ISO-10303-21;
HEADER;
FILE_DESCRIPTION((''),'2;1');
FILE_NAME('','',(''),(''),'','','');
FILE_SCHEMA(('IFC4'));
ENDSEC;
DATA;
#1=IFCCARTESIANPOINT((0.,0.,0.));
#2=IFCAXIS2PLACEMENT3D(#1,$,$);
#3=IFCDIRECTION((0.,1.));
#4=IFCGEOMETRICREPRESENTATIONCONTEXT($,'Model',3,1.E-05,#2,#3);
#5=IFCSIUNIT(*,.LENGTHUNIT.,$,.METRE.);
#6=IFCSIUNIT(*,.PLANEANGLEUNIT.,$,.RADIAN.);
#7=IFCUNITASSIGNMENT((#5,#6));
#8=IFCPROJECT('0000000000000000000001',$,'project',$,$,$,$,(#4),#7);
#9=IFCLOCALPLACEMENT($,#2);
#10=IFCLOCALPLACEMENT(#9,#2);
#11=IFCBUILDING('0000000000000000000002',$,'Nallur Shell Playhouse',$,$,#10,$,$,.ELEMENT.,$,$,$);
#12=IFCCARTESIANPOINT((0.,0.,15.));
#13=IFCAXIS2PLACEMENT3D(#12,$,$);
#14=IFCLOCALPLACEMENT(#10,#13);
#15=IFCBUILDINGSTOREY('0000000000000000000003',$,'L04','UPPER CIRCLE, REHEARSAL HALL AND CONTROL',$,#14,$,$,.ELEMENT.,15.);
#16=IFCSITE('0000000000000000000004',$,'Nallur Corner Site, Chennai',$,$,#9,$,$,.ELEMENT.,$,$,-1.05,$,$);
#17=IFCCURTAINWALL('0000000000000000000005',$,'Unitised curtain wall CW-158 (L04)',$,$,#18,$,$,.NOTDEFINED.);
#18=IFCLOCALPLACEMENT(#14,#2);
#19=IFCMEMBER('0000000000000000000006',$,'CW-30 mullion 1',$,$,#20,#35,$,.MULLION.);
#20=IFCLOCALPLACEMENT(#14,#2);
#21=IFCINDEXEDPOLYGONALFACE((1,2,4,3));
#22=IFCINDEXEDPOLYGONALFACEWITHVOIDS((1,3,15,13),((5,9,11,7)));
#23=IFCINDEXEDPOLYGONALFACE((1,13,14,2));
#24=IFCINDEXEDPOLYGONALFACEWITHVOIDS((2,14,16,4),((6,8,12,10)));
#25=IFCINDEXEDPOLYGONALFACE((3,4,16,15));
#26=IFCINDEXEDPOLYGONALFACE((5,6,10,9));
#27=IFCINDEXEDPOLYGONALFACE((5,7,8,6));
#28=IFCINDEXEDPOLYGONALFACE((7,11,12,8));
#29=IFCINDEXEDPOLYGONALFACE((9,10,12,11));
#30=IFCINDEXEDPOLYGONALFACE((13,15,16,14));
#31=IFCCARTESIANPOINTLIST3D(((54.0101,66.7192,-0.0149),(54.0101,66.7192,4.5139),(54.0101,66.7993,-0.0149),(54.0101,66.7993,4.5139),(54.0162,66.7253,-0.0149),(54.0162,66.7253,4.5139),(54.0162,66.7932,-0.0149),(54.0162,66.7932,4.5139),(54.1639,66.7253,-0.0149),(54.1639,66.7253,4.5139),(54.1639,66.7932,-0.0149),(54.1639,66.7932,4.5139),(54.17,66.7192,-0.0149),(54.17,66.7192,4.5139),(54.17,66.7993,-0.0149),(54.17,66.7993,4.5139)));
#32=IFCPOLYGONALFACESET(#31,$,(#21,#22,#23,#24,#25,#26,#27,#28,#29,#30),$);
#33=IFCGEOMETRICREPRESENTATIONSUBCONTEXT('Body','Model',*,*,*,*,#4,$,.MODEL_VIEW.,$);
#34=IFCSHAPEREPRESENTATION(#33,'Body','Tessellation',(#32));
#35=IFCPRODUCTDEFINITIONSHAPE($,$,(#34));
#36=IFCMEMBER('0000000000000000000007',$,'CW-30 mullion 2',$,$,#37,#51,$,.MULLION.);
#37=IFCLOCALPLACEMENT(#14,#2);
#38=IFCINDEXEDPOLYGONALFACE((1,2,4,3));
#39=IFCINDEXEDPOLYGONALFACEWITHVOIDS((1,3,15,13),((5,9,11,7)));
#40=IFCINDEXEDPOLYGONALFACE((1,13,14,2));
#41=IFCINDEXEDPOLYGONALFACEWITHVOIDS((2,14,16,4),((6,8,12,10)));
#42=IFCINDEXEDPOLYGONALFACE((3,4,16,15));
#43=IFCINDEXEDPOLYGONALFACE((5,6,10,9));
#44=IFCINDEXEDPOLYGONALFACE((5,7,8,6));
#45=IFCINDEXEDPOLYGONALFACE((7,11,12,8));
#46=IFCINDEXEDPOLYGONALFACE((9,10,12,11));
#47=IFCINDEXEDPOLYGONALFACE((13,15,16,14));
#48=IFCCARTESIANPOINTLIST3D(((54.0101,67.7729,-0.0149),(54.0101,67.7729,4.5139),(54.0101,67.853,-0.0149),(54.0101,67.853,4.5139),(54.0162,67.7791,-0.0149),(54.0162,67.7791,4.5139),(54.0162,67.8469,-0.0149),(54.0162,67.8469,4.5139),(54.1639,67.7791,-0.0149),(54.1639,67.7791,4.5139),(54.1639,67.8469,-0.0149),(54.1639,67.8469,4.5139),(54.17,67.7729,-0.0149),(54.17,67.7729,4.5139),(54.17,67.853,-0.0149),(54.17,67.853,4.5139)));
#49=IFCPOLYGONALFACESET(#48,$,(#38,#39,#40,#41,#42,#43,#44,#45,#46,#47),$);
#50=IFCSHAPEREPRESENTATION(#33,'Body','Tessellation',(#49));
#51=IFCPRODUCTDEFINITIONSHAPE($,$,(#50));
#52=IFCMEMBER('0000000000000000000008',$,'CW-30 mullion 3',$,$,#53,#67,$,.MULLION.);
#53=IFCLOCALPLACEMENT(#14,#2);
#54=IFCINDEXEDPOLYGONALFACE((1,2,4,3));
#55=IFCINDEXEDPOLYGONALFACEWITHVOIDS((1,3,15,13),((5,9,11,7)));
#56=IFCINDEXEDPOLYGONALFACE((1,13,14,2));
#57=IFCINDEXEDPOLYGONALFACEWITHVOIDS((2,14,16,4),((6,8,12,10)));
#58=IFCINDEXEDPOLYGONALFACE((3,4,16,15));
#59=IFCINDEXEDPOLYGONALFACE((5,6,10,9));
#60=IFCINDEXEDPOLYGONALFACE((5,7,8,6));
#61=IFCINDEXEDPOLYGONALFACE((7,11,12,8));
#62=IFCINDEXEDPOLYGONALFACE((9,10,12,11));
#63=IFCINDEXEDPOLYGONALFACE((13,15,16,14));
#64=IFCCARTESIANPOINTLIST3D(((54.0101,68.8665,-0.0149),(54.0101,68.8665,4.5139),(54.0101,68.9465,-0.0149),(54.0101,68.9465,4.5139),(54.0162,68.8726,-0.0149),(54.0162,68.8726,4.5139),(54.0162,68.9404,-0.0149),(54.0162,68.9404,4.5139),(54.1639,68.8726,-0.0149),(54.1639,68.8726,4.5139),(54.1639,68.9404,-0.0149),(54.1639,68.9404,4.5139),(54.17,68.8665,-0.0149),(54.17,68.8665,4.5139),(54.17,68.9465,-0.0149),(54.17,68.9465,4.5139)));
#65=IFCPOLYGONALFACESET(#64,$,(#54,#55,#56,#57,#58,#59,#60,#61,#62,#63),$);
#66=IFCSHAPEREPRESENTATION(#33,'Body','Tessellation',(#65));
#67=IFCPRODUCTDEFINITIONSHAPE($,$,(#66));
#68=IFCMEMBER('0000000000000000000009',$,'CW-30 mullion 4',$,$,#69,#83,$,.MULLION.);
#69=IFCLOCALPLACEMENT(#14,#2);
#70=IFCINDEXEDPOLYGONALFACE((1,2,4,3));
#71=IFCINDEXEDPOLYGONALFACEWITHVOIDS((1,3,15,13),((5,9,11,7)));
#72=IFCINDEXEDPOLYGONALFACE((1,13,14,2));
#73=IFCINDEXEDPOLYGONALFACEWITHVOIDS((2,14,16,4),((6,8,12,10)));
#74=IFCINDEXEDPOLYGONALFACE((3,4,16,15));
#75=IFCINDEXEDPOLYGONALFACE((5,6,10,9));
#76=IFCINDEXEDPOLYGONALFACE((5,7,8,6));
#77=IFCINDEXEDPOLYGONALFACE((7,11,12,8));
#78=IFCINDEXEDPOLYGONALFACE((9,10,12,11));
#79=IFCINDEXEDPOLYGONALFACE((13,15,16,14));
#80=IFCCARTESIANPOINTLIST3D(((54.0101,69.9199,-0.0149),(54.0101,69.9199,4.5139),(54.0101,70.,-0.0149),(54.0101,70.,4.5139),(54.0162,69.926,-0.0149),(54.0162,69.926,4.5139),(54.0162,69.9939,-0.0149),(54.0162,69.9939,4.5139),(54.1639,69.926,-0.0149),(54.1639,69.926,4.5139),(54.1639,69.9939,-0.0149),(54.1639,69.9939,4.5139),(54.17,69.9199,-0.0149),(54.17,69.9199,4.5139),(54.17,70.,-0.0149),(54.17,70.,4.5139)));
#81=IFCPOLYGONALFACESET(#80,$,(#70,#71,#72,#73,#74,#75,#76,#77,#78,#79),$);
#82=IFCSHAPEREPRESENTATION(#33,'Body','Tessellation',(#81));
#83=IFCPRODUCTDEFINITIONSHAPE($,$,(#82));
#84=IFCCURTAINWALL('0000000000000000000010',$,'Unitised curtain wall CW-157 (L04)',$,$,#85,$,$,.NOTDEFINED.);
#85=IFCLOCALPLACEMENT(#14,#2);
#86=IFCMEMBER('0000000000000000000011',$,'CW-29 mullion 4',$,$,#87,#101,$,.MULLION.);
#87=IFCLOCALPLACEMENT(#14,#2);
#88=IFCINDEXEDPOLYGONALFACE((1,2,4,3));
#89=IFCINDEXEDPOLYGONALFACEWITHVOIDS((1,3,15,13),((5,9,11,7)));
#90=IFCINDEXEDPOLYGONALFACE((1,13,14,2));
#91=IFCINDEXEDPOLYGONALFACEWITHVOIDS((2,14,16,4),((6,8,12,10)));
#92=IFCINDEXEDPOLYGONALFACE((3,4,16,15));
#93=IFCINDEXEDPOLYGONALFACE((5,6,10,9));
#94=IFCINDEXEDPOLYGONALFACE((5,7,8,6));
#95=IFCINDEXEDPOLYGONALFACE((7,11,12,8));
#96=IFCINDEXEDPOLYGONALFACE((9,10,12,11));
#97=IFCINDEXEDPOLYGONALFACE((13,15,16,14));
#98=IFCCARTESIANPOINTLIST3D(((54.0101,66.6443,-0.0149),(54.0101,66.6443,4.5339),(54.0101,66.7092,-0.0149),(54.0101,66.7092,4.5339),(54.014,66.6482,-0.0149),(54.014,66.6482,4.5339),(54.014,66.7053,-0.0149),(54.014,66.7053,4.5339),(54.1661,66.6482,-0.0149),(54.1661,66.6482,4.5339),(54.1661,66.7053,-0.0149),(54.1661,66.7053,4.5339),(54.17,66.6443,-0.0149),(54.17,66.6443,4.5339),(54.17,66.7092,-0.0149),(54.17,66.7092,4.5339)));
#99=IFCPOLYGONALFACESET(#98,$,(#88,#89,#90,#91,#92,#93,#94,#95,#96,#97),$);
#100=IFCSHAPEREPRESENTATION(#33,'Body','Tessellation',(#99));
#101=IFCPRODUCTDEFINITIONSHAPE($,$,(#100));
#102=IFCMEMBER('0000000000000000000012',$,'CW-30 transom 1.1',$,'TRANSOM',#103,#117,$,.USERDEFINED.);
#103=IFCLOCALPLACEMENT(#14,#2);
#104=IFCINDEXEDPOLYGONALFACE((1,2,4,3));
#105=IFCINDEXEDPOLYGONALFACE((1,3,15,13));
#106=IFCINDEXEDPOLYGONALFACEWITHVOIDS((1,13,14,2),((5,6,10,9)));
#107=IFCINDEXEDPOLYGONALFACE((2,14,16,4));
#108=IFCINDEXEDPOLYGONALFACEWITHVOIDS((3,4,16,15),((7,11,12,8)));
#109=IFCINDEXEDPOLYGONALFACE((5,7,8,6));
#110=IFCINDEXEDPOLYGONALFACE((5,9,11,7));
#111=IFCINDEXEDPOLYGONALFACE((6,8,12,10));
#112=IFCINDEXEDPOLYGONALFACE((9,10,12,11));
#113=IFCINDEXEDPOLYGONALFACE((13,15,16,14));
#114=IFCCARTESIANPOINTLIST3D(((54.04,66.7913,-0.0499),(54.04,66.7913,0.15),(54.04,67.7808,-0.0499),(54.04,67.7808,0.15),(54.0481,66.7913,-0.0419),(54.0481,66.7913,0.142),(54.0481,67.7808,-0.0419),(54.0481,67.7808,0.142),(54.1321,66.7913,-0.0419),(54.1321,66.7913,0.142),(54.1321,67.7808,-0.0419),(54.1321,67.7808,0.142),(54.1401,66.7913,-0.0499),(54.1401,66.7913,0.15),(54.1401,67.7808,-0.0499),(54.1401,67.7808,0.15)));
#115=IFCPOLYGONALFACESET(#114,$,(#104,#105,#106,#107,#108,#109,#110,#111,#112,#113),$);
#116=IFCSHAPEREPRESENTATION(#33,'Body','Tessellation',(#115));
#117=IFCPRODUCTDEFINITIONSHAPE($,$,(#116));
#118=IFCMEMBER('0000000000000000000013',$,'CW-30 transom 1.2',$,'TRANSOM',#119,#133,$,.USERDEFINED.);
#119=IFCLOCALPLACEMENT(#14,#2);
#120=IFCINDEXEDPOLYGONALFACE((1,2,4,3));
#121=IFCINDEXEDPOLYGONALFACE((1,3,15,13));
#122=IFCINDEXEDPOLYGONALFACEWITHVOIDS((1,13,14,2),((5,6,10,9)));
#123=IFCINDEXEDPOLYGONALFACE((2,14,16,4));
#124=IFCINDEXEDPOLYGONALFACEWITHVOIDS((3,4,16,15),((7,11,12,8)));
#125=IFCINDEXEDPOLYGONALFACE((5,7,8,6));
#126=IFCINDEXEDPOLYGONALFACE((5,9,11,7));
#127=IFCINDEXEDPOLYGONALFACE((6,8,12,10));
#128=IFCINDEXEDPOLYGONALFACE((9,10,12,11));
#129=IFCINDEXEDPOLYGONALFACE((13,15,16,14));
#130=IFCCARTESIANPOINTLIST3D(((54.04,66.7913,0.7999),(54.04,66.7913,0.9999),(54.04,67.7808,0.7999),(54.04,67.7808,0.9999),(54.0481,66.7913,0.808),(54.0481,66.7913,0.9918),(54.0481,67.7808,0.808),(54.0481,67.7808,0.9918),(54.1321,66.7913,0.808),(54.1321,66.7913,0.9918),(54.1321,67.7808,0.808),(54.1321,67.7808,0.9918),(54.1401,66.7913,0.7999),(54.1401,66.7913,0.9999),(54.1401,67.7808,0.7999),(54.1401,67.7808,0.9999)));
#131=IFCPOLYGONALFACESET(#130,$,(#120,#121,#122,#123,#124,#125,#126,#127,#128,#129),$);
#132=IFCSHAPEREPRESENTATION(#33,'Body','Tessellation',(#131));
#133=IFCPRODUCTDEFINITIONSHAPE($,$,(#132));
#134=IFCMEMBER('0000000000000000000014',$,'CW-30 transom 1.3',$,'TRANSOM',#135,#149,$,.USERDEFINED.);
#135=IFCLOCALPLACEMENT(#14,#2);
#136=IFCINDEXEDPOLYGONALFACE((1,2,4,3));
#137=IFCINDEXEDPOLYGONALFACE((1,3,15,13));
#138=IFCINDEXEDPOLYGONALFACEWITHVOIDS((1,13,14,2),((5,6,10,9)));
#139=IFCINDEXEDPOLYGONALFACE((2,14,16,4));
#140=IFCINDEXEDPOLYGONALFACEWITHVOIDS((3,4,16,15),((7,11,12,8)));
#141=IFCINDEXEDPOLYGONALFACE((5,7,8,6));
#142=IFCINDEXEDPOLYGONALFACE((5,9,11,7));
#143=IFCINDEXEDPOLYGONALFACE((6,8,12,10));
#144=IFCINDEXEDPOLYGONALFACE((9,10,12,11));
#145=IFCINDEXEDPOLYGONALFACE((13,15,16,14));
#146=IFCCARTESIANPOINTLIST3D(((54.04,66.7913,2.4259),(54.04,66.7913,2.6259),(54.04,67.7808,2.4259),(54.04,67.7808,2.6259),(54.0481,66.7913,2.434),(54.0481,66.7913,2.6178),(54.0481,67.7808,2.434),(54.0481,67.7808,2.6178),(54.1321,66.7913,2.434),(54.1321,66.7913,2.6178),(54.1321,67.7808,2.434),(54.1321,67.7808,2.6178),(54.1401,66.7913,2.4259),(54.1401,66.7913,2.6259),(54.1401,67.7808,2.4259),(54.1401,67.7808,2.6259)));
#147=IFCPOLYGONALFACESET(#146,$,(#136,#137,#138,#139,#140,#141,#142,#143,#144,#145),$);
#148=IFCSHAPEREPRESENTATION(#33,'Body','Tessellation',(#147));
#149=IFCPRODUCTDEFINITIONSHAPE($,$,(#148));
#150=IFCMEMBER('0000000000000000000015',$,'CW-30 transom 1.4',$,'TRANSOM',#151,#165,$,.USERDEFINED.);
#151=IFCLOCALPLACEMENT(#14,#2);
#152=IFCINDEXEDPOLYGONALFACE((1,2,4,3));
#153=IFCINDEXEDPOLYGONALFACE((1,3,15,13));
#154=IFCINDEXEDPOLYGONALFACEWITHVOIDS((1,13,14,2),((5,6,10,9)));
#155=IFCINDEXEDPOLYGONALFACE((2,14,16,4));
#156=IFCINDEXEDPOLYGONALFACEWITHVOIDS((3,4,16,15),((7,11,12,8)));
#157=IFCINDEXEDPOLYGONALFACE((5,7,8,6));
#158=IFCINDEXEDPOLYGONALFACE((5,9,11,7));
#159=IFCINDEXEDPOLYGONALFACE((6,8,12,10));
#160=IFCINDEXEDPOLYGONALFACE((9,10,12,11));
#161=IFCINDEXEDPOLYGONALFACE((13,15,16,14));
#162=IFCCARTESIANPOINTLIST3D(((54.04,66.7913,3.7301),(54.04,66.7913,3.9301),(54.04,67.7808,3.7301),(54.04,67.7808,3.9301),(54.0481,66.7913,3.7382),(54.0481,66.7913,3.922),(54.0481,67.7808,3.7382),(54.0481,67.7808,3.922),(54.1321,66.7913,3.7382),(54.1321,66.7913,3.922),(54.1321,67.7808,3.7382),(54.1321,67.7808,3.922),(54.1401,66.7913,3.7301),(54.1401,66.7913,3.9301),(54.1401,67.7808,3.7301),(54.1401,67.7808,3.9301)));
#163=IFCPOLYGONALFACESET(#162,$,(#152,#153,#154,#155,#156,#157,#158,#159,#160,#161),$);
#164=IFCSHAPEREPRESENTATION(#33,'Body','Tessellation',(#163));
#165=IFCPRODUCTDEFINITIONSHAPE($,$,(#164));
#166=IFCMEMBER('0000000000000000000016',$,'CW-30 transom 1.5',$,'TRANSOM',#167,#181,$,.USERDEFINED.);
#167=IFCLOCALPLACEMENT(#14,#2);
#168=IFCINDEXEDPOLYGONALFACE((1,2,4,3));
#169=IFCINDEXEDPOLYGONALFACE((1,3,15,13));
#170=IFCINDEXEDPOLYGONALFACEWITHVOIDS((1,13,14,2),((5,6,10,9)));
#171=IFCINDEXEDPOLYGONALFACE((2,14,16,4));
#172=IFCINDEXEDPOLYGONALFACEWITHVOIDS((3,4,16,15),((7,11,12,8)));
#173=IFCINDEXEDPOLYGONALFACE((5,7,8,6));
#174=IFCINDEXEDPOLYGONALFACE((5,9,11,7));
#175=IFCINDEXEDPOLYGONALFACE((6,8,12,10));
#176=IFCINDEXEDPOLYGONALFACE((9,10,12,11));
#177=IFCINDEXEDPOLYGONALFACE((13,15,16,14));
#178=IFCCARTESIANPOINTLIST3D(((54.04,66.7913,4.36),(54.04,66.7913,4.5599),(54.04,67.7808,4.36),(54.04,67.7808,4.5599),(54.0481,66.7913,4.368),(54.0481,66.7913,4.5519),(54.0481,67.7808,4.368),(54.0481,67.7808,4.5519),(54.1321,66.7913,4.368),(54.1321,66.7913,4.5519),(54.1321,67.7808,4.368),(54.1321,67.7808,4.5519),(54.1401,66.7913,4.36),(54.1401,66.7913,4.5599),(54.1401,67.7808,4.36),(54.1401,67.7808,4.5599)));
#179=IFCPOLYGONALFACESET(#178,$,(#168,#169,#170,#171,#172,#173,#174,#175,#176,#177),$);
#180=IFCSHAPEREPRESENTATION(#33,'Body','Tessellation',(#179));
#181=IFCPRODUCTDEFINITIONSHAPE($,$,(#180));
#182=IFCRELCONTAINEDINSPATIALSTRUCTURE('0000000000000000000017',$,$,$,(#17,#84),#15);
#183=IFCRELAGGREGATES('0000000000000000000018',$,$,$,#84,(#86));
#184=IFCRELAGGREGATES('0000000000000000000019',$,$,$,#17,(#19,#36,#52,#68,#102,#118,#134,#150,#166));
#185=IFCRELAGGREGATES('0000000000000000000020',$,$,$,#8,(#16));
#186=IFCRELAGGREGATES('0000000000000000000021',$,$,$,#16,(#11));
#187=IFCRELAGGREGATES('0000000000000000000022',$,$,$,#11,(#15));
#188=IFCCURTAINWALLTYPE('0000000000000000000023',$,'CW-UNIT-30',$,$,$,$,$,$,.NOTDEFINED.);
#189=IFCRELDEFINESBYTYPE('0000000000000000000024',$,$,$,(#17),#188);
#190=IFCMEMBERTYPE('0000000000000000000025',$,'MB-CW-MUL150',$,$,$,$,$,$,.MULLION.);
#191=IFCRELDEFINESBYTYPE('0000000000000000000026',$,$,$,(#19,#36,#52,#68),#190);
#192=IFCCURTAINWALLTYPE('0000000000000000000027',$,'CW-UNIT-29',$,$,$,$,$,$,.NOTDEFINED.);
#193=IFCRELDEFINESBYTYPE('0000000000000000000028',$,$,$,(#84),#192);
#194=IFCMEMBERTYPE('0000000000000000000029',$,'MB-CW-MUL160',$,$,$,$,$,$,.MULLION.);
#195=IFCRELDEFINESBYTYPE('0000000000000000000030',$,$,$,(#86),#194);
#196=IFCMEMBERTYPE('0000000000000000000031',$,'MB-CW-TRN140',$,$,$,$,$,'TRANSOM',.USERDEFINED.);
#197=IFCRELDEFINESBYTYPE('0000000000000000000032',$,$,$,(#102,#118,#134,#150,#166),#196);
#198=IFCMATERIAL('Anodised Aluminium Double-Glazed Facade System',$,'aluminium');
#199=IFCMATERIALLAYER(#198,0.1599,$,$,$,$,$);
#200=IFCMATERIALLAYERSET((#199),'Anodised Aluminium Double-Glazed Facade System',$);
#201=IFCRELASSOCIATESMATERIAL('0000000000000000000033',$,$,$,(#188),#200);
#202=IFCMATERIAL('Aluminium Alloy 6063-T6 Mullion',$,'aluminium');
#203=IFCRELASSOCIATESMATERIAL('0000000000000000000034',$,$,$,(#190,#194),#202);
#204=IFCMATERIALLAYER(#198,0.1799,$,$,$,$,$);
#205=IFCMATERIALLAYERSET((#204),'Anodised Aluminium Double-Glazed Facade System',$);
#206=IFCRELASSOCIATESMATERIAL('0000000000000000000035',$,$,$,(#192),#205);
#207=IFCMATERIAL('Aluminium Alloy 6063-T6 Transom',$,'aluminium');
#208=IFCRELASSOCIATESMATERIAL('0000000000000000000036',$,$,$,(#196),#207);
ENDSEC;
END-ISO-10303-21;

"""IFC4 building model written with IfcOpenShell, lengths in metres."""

from ifc_helpers import new_model, si_unit, direction, frame, origin, origin_2d, place, context, subcontext, project, spatial, hollow_rectangle, extrude, material, layer, layer_set, material_profile, profile_set, type_object, element, aggregate, save


model = new_model("IFC4")

# Units and contexts
model_context = context("Model", 3, precision=1e-05, world=origin(), true_north=direction((0.0, 1.0)))
body_context = subcontext(model_context, "Body", "Model", "MODEL_VIEW")
ifc_project = project(units=[si_unit("LENGTHUNIT", "METRE"), si_unit("PLANEANGLEUNIT", "RADIAN")], contexts=[model_context])

# Site, building, storey
site_placement = place(None, origin())
site = spatial("IfcSite", under=ifc_project, at=site_placement, Name="Nallur Corner Site, Chennai", CompositionType="ELEMENT", RefElevation=-1.05)
building_placement = place(site_placement, origin())
building = spatial("IfcBuilding", under=site, at=building_placement, Name="Nallur Shell Playhouse", CompositionType="ELEMENT")
storey_placement = place(building_placement, frame((0.0, 0.0, 15.0)))
storey = spatial("IfcBuildingStorey", under=building, at=storey_placement, Name="L04", Description="UPPER CIRCLE, REHEARSAL HALL AND CONTROL", CompositionType="ELEMENT", Elevation=15.0)

# Curtain wall, members
ifc_material_1 = material(Name="Anodised Aluminium Double-Glazed Facade System", Category="aluminium")
ifc_layer_1 = layer(ifc_material_1, 0.1599)
ifc_layer_set_1 = layer_set([ifc_layer_1], Name="Anodised Aluminium Double-Glazed Facade System")
curtain_wall_type_1 = type_object("IfcCurtainWallType", Name="CW-UNIT-30", PredefinedType="NOTDEFINED", material=ifc_layer_set_1)
curtain_wall_1_placement = place(storey_placement, origin())
curtain_wall_1 = element("IfcCurtainWall", 1, at=curtain_wall_1_placement, inside=storey, type_object=curtain_wall_type_1, Name="Unitised curtain wall CW-158 (L04)", PredefinedType="NOTDEFINED")
ifc_material_2 = material(Name="Aluminium Alloy 6063-T6 Mullion", Category="aluminium")
ifc_material_profile_1 = material_profile(ifc_material_2, hollow_rectangle(XDim=0.0801, YDim=0.1599, WallThickness=0.0061, at=origin_2d()), Name="RHS 160x80x6")
ifc_profile_set_1 = profile_set([ifc_material_profile_1], Name="Aluminium Alloy 6063-T6 Mullion")
member_type_1 = type_object("IfcMemberType", Name="MB-CW-MUL150", PredefinedType="MULLION", material=ifc_profile_set_1)
member_1_placement = place(storey_placement, frame((54.0901, 66.7593, -0.0149), z_axis=(0.0, 0.0, 1.0), x_axis=(0.0, 1.0, 0.0)))
member_1 = element("IfcMember", 2, at=member_1_placement, type_object=member_type_1, Name="CW-30 mullion 1", PredefinedType="MULLION", context=body_context, shape_type="SweptSolid", body=[
    extrude(hollow_rectangle(XDim=0.0801, YDim=0.1599, WallThickness=0.0061, at=origin_2d()), origin(), (0.0, 0.0, 1.0), 4.5288),
])
member_2_placement = place(storey_placement, frame((54.0901, 67.813, -0.0149), z_axis=(0.0, 0.0, 1.0), x_axis=(0.0, 1.0, 0.0)))
member_2 = element("IfcMember", 3, at=member_2_placement, type_object=member_type_1, Name="CW-30 mullion 2", PredefinedType="MULLION", context=body_context, shape_type="SweptSolid", body=[
    extrude(hollow_rectangle(XDim=0.0801, YDim=0.1599, WallThickness=0.0061, at=origin_2d()), origin(), (0.0, 0.0, 1.0), 4.5288),
])
member_3_placement = place(storey_placement, frame((54.0901, 68.9065, -0.0149), z_axis=(0.0, 0.0, 1.0), x_axis=(0.0, 1.0, 0.0)))
member_3 = element("IfcMember", 4, at=member_3_placement, type_object=member_type_1, Name="CW-30 mullion 3", PredefinedType="MULLION", context=body_context, shape_type="SweptSolid", body=[
    extrude(hollow_rectangle(XDim=0.0801, YDim=0.1599, WallThickness=0.0061, at=origin_2d()), origin(), (0.0, 0.0, 1.0), 4.5288),
])
member_4_placement = place(storey_placement, frame((54.0901, 69.96, -0.0149), z_axis=(0.0, 0.0, 1.0), x_axis=(0.0, 1.0, 0.0)))
member_4 = element("IfcMember", 5, at=member_4_placement, type_object=member_type_1, Name="CW-30 mullion 4", PredefinedType="MULLION", context=body_context, shape_type="SweptSolid", body=[
    extrude(hollow_rectangle(XDim=0.0801, YDim=0.1599, WallThickness=0.0061, at=origin_2d()), origin(), (0.0, 0.0, 1.0), 4.5288),
])

# Curtain wall, member
ifc_layer_2 = layer(ifc_material_1, 0.1799)
ifc_layer_set_2 = layer_set([ifc_layer_2], Name="Anodised Aluminium Double-Glazed Facade System")
curtain_wall_type_2 = type_object("IfcCurtainWallType", Name="CW-UNIT-29", PredefinedType="NOTDEFINED", material=ifc_layer_set_2)
curtain_wall_2_placement = place(storey_placement, origin())
curtain_wall_2 = element("IfcCurtainWall", 6, at=curtain_wall_2_placement, inside=storey, type_object=curtain_wall_type_2, Name="Unitised curtain wall CW-157 (L04)", PredefinedType="NOTDEFINED")
ifc_material_profile_2 = material_profile(ifc_material_2, hollow_rectangle(XDim=0.0649, YDim=0.1599, WallThickness=0.0039, at=origin_2d()), Name="ALU 65x160x4")
ifc_profile_set_2 = profile_set([ifc_material_profile_2], Name="Aluminium Alloy 6063-T6 Mullion")
member_type_2 = type_object("IfcMemberType", Name="MB-CW-MUL160", PredefinedType="MULLION", material=ifc_profile_set_2)
member_5_placement = place(storey_placement, frame((54.0901, 66.6768, -0.0149), z_axis=(0.0, 0.0, 1.0), x_axis=(0.0, 1.0, 0.0)))
member_5 = element("IfcMember", 7, at=member_5_placement, type_object=member_type_2, Name="CW-29 mullion 4", PredefinedType="MULLION", context=body_context, shape_type="SweptSolid", body=[
    extrude(hollow_rectangle(XDim=0.0649, YDim=0.1599, WallThickness=0.0039, at=origin_2d()), origin(), (0.0, 0.0, 1.0), 4.5488),
])
aggregate(curtain_wall_2, [member_5])

# Members
ifc_material_3 = material(Name="Aluminium Alloy 6063-T6 Transom", Category="aluminium")
ifc_material_profile_3 = material_profile(ifc_material_3, hollow_rectangle(XDim=0.1001, YDim=0.2, WallThickness=0.0081, at=origin_2d()), Name="RHS 200x100x8")
ifc_profile_set_3 = profile_set([ifc_material_profile_3], Name="Aluminium Alloy 6063-T6 Transom")
member_type_3 = type_object("IfcMemberType", Name="MB-CW-TRN140", ElementType="TRANSOM", PredefinedType="USERDEFINED", material=ifc_profile_set_3)
member_6_placement = place(storey_placement, frame((54.0901, 66.7913, 0.05), z_axis=(0.0, 1.0, 0.0), x_axis=(-1.0, 0.0, 0.0)))
member_6 = element("IfcMember", 8, at=member_6_placement, type_object=member_type_3, Name="CW-30 transom 1.1", ObjectType="TRANSOM", PredefinedType="USERDEFINED", context=body_context, shape_type="SweptSolid", body=[
    extrude(hollow_rectangle(XDim=0.1001, YDim=0.2, WallThickness=0.0081, at=origin_2d()), origin(), (0.0, 0.0, 1.0), 0.9895),
])
member_7_placement = place(storey_placement, frame((54.0901, 66.7913, 0.8999), z_axis=(0.0, 1.0, 0.0), x_axis=(-1.0, 0.0, 0.0)))
member_7 = element("IfcMember", 9, at=member_7_placement, type_object=member_type_3, Name="CW-30 transom 1.2", ObjectType="TRANSOM", PredefinedType="USERDEFINED", context=body_context, shape_type="SweptSolid", body=[
    extrude(hollow_rectangle(XDim=0.1001, YDim=0.2, WallThickness=0.0081, at=origin_2d()), origin(), (0.0, 0.0, 1.0), 0.9895),
])
member_8_placement = place(storey_placement, frame((54.0901, 66.7913, 2.5259), z_axis=(0.0, 1.0, 0.0), x_axis=(-1.0, 0.0, 0.0)))
member_8 = element("IfcMember", 10, at=member_8_placement, type_object=member_type_3, Name="CW-30 transom 1.3", ObjectType="TRANSOM", PredefinedType="USERDEFINED", context=body_context, shape_type="SweptSolid", body=[
    extrude(hollow_rectangle(XDim=0.1001, YDim=0.2, WallThickness=0.0081, at=origin_2d()), origin(), (0.0, 0.0, 1.0), 0.9895),
])
member_9_placement = place(storey_placement, frame((54.0901, 66.7913, 3.8301), z_axis=(0.0, 1.0, 0.0), x_axis=(-1.0, 0.0, 0.0)))
member_9 = element("IfcMember", 11, at=member_9_placement, type_object=member_type_3, Name="CW-30 transom 1.4", ObjectType="TRANSOM", PredefinedType="USERDEFINED", context=body_context, shape_type="SweptSolid", body=[
    extrude(hollow_rectangle(XDim=0.1001, YDim=0.2, WallThickness=0.0081, at=origin_2d()), origin(), (0.0, 0.0, 1.0), 0.9895),
])
member_10_placement = place(storey_placement, frame((54.0901, 66.7913, 4.46), z_axis=(0.0, 1.0, 0.0), x_axis=(-1.0, 0.0, 0.0)))
member_10 = element("IfcMember", 12, at=member_10_placement, type_object=member_type_3, Name="CW-30 transom 1.5", ObjectType="TRANSOM", PredefinedType="USERDEFINED", context=body_context, shape_type="SweptSolid", body=[
    extrude(hollow_rectangle(XDim=0.1001, YDim=0.2, WallThickness=0.0081, at=origin_2d()), origin(), (0.0, 0.0, 1.0), 0.9895),
])

aggregate(curtain_wall_1, [member_1, member_2, member_3, member_4, member_6, member_7, member_8, member_9, member_10])

save(model, "model.ifc")
